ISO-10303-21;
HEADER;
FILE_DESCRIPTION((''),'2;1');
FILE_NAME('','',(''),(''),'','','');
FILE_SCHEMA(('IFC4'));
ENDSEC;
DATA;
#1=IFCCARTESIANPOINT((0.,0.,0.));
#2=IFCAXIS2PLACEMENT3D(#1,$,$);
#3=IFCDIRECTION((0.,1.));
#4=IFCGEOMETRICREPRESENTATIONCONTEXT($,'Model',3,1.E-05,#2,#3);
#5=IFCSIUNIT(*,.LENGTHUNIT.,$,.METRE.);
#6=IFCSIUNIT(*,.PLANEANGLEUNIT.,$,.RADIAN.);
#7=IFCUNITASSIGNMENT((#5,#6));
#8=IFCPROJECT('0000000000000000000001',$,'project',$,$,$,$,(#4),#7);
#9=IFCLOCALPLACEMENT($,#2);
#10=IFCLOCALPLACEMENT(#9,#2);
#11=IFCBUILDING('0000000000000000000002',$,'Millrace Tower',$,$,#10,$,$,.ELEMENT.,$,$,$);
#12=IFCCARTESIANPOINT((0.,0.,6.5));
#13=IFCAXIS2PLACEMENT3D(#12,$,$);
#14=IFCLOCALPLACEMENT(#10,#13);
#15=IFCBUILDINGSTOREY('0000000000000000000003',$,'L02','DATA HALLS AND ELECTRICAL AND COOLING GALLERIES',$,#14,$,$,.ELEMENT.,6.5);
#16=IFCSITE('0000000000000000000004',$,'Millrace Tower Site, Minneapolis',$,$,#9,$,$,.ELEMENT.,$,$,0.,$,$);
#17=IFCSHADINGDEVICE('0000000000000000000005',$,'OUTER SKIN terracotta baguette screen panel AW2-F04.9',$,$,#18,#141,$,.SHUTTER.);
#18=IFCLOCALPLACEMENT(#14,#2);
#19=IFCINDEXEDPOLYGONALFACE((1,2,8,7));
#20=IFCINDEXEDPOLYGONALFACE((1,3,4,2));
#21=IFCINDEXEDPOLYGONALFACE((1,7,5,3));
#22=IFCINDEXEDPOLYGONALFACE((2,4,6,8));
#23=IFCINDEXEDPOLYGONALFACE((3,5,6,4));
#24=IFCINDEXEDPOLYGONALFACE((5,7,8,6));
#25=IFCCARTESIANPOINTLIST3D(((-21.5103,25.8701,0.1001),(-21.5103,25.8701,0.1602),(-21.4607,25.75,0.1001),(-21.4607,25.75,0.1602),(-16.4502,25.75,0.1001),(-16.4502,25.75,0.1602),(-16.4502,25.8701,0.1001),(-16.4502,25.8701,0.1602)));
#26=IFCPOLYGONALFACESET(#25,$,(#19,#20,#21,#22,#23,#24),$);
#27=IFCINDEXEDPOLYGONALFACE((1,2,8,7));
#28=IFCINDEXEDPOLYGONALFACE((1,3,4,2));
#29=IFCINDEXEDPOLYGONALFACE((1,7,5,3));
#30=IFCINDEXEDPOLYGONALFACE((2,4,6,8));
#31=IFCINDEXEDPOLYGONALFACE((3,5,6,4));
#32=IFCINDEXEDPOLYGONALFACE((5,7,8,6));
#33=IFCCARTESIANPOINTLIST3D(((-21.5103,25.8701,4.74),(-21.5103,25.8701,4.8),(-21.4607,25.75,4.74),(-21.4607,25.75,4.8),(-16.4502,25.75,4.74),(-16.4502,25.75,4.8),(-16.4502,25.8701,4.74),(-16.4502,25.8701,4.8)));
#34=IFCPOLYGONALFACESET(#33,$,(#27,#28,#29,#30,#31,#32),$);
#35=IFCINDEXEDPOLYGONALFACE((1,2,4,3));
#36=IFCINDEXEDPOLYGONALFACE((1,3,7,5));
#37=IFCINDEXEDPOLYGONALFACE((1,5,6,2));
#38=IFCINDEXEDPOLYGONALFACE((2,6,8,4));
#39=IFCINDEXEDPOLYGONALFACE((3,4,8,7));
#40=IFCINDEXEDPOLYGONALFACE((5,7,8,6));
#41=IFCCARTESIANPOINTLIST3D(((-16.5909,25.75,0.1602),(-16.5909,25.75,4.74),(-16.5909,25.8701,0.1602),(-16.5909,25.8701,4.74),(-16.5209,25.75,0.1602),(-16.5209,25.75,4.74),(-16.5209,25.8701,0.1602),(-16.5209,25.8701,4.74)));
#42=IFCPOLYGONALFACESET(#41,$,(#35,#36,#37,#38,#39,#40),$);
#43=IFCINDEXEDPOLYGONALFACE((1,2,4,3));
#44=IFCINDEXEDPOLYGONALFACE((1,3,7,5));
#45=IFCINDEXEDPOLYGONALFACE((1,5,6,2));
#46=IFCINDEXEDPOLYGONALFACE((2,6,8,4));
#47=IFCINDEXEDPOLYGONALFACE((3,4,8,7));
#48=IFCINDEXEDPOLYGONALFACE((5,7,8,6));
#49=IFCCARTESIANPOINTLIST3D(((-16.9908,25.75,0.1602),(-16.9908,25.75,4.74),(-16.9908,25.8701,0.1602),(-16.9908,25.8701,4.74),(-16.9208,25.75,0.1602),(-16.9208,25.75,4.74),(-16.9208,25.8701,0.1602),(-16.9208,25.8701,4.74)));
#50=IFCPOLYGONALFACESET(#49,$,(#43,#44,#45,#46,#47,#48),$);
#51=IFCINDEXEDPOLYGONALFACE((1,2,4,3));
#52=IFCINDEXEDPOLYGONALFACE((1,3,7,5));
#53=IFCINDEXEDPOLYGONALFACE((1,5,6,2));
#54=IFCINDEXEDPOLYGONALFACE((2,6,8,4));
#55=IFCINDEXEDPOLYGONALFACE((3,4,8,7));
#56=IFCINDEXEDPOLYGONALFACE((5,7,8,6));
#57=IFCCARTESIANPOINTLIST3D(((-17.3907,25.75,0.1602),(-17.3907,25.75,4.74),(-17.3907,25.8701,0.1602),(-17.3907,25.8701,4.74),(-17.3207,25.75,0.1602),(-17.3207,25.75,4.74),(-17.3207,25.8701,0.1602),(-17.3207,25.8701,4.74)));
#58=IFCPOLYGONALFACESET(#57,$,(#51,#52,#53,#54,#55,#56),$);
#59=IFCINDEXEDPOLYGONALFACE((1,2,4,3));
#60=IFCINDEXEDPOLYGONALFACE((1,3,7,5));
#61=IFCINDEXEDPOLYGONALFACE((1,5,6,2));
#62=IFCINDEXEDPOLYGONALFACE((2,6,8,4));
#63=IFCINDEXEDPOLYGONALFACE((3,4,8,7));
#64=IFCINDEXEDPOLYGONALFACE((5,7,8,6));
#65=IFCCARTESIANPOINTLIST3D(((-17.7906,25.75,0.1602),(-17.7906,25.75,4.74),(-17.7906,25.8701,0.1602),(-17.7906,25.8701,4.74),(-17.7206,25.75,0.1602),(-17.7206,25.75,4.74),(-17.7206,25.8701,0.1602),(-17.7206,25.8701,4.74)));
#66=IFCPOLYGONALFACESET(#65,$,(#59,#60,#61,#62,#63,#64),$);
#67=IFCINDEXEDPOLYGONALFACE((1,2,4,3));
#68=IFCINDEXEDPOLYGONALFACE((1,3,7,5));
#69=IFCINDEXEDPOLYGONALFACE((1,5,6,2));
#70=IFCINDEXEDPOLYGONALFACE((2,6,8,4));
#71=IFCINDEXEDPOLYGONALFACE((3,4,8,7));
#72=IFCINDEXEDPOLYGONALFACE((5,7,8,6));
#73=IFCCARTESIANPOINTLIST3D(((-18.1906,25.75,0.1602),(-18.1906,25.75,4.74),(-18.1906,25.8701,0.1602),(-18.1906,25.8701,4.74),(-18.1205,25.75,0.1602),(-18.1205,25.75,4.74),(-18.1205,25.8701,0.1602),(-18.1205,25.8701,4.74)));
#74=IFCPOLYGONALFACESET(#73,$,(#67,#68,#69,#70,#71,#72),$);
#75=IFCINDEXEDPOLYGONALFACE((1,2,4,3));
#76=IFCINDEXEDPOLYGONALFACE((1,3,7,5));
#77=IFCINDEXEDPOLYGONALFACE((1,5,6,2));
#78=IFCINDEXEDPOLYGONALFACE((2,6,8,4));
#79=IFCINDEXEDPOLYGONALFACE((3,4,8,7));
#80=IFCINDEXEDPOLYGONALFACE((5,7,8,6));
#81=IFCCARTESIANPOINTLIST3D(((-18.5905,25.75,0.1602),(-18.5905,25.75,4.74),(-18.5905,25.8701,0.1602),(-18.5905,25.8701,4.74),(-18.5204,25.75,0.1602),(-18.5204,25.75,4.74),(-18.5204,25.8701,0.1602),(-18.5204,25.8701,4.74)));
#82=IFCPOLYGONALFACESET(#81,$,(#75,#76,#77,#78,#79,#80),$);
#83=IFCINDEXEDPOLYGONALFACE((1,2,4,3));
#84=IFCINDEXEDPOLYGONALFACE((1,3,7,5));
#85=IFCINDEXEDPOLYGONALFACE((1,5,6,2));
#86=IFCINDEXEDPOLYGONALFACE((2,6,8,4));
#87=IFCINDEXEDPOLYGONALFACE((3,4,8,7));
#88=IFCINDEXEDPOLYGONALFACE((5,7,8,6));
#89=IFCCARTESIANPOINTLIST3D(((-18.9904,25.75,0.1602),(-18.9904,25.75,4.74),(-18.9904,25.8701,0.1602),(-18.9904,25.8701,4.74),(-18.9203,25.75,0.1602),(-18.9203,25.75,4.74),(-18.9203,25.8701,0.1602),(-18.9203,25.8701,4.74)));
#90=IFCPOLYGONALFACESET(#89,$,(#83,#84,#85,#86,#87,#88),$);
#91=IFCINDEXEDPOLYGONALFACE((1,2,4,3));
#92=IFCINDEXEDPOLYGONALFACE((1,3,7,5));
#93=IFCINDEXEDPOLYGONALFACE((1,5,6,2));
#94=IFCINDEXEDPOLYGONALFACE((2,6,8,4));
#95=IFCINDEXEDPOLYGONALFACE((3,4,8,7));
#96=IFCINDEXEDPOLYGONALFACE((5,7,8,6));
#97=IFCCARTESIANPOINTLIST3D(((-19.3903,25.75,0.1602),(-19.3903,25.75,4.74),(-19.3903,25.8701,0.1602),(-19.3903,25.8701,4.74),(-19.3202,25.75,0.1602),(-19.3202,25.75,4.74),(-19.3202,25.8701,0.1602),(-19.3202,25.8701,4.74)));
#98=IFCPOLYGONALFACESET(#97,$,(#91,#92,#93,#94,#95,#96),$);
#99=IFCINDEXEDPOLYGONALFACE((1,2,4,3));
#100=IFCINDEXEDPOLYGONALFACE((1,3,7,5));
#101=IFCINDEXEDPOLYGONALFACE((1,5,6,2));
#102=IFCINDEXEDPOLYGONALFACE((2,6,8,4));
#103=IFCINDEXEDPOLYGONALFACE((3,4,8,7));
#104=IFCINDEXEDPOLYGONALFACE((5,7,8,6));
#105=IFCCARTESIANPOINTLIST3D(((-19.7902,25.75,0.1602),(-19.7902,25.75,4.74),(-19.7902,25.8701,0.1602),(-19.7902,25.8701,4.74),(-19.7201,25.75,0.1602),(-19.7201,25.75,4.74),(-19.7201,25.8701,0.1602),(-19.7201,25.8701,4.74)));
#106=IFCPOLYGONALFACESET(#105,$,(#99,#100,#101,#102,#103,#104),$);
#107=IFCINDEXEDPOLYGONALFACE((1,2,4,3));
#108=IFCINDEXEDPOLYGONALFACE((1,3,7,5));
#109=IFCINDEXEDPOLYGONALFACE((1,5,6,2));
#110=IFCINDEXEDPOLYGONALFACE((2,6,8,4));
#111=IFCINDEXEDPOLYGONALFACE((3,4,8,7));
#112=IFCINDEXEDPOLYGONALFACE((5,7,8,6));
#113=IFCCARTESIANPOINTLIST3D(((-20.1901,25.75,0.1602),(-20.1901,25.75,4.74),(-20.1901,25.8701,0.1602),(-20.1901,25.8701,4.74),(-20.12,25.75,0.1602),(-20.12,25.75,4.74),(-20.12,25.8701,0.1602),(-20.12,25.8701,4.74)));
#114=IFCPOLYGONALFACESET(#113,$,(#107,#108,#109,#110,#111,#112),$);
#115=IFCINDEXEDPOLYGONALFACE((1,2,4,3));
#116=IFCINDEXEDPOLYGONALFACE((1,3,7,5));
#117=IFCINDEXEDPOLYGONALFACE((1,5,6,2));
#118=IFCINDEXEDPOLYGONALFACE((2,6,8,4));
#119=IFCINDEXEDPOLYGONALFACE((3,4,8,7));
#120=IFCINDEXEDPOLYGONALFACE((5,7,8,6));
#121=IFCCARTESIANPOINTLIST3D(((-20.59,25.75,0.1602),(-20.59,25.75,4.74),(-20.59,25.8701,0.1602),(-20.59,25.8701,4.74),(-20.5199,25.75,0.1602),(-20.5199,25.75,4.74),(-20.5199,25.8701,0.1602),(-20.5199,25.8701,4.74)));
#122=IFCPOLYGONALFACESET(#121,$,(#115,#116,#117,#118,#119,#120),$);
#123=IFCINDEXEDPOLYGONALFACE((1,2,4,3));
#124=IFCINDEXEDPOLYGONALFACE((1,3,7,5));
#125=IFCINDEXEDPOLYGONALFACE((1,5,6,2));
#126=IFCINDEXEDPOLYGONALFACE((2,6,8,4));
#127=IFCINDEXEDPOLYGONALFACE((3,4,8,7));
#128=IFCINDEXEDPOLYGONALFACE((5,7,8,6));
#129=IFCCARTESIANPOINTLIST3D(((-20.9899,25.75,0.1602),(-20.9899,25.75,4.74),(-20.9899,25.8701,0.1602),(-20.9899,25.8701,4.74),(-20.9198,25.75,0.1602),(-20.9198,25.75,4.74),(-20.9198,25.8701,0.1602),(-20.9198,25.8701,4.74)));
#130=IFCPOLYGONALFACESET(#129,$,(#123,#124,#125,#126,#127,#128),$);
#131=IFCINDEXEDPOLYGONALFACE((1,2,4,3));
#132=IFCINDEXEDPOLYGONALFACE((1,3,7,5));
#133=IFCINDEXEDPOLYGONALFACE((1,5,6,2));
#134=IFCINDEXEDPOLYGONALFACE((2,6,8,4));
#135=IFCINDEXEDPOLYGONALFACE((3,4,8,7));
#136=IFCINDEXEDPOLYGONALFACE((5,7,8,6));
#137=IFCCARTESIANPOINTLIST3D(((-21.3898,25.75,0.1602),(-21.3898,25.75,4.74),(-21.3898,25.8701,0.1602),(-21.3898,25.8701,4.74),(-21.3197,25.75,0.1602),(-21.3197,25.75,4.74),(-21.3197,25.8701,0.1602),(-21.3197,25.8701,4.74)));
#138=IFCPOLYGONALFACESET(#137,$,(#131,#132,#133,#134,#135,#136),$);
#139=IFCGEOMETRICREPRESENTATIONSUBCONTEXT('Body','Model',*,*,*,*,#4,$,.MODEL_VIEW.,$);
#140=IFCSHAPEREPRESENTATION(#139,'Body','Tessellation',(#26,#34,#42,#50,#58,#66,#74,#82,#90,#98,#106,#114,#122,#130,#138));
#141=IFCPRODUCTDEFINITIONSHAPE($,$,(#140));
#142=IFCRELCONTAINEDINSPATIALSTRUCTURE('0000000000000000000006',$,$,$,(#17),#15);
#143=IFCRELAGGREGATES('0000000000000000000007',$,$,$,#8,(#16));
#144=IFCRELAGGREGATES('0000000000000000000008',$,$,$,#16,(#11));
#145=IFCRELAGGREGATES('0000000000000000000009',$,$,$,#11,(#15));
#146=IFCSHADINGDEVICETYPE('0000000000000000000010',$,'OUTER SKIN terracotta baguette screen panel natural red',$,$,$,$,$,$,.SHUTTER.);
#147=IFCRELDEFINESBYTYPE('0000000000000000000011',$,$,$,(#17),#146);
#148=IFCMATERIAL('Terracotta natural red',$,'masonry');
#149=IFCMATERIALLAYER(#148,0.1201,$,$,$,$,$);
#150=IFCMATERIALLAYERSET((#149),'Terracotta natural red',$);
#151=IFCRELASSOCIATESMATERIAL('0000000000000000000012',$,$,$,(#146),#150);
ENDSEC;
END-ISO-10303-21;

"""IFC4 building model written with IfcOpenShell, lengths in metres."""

from ifc_helpers import new_model, entity, si_unit, direction, frame, frame_2d, origin, place, context, subcontext, project, spatial, rectangle, extrude, source, transform, mapped, material, layer, layer_set, type_object, element, save


model = new_model("IFC4")

# Units and contexts
model_context = context("Model", 3, precision=1e-05, world=origin(), true_north=direction((0.0, 1.0)))
body_context = subcontext(model_context, "Body", "Model", "MODEL_VIEW")
ifc_project = project(units=[si_unit("LENGTHUNIT", "METRE"), si_unit("PLANEANGLEUNIT", "RADIAN")], contexts=[model_context])

# Site, building, storey
site_placement = place(None, origin())
site = spatial("IfcSite", under=ifc_project, at=site_placement, Name="Millrace Tower Site, Minneapolis", CompositionType="ELEMENT", RefElevation=0.0)
building_placement = place(site_placement, origin())
building = spatial("IfcBuilding", under=site, at=building_placement, Name="Millrace Tower", CompositionType="ELEMENT")
storey_placement = place(building_placement, frame((0.0, 0.0, 6.5)))
storey = spatial("IfcBuildingStorey", under=building, at=storey_placement, Name="L02", Description="DATA HALLS AND ELECTRICAL AND COOLING GALLERIES", CompositionType="ELEMENT", Elevation=6.5)

# Shading device
ifc_material_1 = material(Name="Terracotta natural red", Category="masonry")
ifc_layer_1 = layer(ifc_material_1, 0.1201)
ifc_layer_set_1 = layer_set([ifc_layer_1], Name="Terracotta natural red")
shading_device_type = type_object("IfcShadingDeviceType", Name="OUTER SKIN terracotta baguette screen panel natural red", PredefinedType="SHUTTER", material=ifc_layer_set_1)
cartesian_point_1 = entity("IfcCartesianPoint", [-2.5176, 0.0601])
shared_polyline_1 = entity("IfcPolyline", [cartesian_point_1, entity("IfcCartesianPoint", [2.4929, 0.0601]), entity("IfcCartesianPoint", [2.5425, -0.0601]), entity("IfcCartesianPoint", [-2.5176, -0.0601]), cartesian_point_1])
shared_shape_1 = source(origin(), body_context, "Body", "SweptSolid", [
    entity("IfcExtrudedAreaSolid", entity("IfcArbitraryClosedProfileDef", "AREA", None, shared_polyline_1), entity("IfcAxis2Placement3D", entity("IfcCartesianPoint", [0.0, 0.0, 0.0])), entity("IfcDirection", [0.0, 0.0, 1.0]), 0.0601),
    entity("IfcExtrudedAreaSolid", entity("IfcArbitraryClosedProfileDef", "AREA", None, shared_polyline_1), entity("IfcAxis2Placement3D", entity("IfcCartesianPoint", [0.0, 0.0, 4.6399])), entity("IfcDirection", [0.0, 0.0, 1.0]), 0.0601),
    extrude(rectangle(XDim=0.0701, YDim=0.1201, at=frame_2d((-2.4119, 0.0))), frame((0.0, 0.0, 0.0601)), (0.0, 0.0, 1.0), 4.5798),
    extrude(rectangle(XDim=0.0701, YDim=0.1201, at=frame_2d((-2.012, 0.0))), frame((0.0, 0.0, 0.0601)), (0.0, 0.0, 1.0), 4.5798),
    extrude(rectangle(XDim=0.0701, YDim=0.1201, at=frame_2d((-1.6121, 0.0))), frame((0.0, 0.0, 0.0601)), (0.0, 0.0, 1.0), 4.5798),
    extrude(rectangle(XDim=0.0701, YDim=0.1201, at=frame_2d((-1.2122, 0.0))), frame((0.0, 0.0, 0.0601)), (0.0, 0.0, 1.0), 4.5798),
    extrude(rectangle(XDim=0.0701, YDim=0.1201, at=frame_2d((-0.8123, 0.0))), frame((0.0, 0.0, 0.0601)), (0.0, 0.0, 1.0), 4.5798),
    extrude(rectangle(XDim=0.0701, YDim=0.1201, at=frame_2d((-0.4124, 0.0))), frame((0.0, 0.0, 0.0601)), (0.0, 0.0, 1.0), 4.5798),
    extrude(rectangle(XDim=0.0701, YDim=0.1201, at=frame_2d((-0.0125, 0.0))), frame((0.0, 0.0, 0.0601)), (0.0, 0.0, 1.0), 4.5798),
    extrude(rectangle(XDim=0.0701, YDim=0.1201, at=frame_2d((0.3875, 0.0))), frame((0.0, 0.0, 0.0601)), (0.0, 0.0, 1.0), 4.5798),
    extrude(rectangle(XDim=0.0701, YDim=0.1201, at=frame_2d((0.7874, 0.0))), frame((0.0, 0.0, 0.0601)), (0.0, 0.0, 1.0), 4.5798),
    extrude(rectangle(XDim=0.0701, YDim=0.1201, at=frame_2d((1.1873, 0.0))), frame((0.0, 0.0, 0.0601)), (0.0, 0.0, 1.0), 4.5798),
    extrude(rectangle(XDim=0.0701, YDim=0.1201, at=frame_2d((1.5872, 0.0))), frame((0.0, 0.0, 0.0601)), (0.0, 0.0, 1.0), 4.5798),
    extrude(rectangle(XDim=0.0701, YDim=0.1201, at=frame_2d((1.9871, 0.0))), frame((0.0, 0.0, 0.0601)), (0.0, 0.0, 1.0), 4.5798),
    extrude(rectangle(XDim=0.0701, YDim=0.1201, at=frame_2d((2.387, 0.0))), frame((0.0, 0.0, 0.0601)), (0.0, 0.0, 1.0), 4.5798),
])
shading_device_1_placement = place(storey_placement, frame((-18.9678, 25.8101, 0.1001), z_axis=(0.0, 0.0, 1.0), x_axis=(-1.0, 0.0, 0.0)))
element("IfcShadingDevice", 1, at=shading_device_1_placement, inside=storey, type_object=shading_device_type, Name="OUTER SKIN terracotta baguette screen panel AW2-F04.9", PredefinedType="SHUTTER", context=body_context, shape_type="MappedRepresentation", body=[
    mapped(shared_shape_1, transform((0.0, 0.0, 0.0), scale=1.0)),
])

save(model, "model.ifc")
